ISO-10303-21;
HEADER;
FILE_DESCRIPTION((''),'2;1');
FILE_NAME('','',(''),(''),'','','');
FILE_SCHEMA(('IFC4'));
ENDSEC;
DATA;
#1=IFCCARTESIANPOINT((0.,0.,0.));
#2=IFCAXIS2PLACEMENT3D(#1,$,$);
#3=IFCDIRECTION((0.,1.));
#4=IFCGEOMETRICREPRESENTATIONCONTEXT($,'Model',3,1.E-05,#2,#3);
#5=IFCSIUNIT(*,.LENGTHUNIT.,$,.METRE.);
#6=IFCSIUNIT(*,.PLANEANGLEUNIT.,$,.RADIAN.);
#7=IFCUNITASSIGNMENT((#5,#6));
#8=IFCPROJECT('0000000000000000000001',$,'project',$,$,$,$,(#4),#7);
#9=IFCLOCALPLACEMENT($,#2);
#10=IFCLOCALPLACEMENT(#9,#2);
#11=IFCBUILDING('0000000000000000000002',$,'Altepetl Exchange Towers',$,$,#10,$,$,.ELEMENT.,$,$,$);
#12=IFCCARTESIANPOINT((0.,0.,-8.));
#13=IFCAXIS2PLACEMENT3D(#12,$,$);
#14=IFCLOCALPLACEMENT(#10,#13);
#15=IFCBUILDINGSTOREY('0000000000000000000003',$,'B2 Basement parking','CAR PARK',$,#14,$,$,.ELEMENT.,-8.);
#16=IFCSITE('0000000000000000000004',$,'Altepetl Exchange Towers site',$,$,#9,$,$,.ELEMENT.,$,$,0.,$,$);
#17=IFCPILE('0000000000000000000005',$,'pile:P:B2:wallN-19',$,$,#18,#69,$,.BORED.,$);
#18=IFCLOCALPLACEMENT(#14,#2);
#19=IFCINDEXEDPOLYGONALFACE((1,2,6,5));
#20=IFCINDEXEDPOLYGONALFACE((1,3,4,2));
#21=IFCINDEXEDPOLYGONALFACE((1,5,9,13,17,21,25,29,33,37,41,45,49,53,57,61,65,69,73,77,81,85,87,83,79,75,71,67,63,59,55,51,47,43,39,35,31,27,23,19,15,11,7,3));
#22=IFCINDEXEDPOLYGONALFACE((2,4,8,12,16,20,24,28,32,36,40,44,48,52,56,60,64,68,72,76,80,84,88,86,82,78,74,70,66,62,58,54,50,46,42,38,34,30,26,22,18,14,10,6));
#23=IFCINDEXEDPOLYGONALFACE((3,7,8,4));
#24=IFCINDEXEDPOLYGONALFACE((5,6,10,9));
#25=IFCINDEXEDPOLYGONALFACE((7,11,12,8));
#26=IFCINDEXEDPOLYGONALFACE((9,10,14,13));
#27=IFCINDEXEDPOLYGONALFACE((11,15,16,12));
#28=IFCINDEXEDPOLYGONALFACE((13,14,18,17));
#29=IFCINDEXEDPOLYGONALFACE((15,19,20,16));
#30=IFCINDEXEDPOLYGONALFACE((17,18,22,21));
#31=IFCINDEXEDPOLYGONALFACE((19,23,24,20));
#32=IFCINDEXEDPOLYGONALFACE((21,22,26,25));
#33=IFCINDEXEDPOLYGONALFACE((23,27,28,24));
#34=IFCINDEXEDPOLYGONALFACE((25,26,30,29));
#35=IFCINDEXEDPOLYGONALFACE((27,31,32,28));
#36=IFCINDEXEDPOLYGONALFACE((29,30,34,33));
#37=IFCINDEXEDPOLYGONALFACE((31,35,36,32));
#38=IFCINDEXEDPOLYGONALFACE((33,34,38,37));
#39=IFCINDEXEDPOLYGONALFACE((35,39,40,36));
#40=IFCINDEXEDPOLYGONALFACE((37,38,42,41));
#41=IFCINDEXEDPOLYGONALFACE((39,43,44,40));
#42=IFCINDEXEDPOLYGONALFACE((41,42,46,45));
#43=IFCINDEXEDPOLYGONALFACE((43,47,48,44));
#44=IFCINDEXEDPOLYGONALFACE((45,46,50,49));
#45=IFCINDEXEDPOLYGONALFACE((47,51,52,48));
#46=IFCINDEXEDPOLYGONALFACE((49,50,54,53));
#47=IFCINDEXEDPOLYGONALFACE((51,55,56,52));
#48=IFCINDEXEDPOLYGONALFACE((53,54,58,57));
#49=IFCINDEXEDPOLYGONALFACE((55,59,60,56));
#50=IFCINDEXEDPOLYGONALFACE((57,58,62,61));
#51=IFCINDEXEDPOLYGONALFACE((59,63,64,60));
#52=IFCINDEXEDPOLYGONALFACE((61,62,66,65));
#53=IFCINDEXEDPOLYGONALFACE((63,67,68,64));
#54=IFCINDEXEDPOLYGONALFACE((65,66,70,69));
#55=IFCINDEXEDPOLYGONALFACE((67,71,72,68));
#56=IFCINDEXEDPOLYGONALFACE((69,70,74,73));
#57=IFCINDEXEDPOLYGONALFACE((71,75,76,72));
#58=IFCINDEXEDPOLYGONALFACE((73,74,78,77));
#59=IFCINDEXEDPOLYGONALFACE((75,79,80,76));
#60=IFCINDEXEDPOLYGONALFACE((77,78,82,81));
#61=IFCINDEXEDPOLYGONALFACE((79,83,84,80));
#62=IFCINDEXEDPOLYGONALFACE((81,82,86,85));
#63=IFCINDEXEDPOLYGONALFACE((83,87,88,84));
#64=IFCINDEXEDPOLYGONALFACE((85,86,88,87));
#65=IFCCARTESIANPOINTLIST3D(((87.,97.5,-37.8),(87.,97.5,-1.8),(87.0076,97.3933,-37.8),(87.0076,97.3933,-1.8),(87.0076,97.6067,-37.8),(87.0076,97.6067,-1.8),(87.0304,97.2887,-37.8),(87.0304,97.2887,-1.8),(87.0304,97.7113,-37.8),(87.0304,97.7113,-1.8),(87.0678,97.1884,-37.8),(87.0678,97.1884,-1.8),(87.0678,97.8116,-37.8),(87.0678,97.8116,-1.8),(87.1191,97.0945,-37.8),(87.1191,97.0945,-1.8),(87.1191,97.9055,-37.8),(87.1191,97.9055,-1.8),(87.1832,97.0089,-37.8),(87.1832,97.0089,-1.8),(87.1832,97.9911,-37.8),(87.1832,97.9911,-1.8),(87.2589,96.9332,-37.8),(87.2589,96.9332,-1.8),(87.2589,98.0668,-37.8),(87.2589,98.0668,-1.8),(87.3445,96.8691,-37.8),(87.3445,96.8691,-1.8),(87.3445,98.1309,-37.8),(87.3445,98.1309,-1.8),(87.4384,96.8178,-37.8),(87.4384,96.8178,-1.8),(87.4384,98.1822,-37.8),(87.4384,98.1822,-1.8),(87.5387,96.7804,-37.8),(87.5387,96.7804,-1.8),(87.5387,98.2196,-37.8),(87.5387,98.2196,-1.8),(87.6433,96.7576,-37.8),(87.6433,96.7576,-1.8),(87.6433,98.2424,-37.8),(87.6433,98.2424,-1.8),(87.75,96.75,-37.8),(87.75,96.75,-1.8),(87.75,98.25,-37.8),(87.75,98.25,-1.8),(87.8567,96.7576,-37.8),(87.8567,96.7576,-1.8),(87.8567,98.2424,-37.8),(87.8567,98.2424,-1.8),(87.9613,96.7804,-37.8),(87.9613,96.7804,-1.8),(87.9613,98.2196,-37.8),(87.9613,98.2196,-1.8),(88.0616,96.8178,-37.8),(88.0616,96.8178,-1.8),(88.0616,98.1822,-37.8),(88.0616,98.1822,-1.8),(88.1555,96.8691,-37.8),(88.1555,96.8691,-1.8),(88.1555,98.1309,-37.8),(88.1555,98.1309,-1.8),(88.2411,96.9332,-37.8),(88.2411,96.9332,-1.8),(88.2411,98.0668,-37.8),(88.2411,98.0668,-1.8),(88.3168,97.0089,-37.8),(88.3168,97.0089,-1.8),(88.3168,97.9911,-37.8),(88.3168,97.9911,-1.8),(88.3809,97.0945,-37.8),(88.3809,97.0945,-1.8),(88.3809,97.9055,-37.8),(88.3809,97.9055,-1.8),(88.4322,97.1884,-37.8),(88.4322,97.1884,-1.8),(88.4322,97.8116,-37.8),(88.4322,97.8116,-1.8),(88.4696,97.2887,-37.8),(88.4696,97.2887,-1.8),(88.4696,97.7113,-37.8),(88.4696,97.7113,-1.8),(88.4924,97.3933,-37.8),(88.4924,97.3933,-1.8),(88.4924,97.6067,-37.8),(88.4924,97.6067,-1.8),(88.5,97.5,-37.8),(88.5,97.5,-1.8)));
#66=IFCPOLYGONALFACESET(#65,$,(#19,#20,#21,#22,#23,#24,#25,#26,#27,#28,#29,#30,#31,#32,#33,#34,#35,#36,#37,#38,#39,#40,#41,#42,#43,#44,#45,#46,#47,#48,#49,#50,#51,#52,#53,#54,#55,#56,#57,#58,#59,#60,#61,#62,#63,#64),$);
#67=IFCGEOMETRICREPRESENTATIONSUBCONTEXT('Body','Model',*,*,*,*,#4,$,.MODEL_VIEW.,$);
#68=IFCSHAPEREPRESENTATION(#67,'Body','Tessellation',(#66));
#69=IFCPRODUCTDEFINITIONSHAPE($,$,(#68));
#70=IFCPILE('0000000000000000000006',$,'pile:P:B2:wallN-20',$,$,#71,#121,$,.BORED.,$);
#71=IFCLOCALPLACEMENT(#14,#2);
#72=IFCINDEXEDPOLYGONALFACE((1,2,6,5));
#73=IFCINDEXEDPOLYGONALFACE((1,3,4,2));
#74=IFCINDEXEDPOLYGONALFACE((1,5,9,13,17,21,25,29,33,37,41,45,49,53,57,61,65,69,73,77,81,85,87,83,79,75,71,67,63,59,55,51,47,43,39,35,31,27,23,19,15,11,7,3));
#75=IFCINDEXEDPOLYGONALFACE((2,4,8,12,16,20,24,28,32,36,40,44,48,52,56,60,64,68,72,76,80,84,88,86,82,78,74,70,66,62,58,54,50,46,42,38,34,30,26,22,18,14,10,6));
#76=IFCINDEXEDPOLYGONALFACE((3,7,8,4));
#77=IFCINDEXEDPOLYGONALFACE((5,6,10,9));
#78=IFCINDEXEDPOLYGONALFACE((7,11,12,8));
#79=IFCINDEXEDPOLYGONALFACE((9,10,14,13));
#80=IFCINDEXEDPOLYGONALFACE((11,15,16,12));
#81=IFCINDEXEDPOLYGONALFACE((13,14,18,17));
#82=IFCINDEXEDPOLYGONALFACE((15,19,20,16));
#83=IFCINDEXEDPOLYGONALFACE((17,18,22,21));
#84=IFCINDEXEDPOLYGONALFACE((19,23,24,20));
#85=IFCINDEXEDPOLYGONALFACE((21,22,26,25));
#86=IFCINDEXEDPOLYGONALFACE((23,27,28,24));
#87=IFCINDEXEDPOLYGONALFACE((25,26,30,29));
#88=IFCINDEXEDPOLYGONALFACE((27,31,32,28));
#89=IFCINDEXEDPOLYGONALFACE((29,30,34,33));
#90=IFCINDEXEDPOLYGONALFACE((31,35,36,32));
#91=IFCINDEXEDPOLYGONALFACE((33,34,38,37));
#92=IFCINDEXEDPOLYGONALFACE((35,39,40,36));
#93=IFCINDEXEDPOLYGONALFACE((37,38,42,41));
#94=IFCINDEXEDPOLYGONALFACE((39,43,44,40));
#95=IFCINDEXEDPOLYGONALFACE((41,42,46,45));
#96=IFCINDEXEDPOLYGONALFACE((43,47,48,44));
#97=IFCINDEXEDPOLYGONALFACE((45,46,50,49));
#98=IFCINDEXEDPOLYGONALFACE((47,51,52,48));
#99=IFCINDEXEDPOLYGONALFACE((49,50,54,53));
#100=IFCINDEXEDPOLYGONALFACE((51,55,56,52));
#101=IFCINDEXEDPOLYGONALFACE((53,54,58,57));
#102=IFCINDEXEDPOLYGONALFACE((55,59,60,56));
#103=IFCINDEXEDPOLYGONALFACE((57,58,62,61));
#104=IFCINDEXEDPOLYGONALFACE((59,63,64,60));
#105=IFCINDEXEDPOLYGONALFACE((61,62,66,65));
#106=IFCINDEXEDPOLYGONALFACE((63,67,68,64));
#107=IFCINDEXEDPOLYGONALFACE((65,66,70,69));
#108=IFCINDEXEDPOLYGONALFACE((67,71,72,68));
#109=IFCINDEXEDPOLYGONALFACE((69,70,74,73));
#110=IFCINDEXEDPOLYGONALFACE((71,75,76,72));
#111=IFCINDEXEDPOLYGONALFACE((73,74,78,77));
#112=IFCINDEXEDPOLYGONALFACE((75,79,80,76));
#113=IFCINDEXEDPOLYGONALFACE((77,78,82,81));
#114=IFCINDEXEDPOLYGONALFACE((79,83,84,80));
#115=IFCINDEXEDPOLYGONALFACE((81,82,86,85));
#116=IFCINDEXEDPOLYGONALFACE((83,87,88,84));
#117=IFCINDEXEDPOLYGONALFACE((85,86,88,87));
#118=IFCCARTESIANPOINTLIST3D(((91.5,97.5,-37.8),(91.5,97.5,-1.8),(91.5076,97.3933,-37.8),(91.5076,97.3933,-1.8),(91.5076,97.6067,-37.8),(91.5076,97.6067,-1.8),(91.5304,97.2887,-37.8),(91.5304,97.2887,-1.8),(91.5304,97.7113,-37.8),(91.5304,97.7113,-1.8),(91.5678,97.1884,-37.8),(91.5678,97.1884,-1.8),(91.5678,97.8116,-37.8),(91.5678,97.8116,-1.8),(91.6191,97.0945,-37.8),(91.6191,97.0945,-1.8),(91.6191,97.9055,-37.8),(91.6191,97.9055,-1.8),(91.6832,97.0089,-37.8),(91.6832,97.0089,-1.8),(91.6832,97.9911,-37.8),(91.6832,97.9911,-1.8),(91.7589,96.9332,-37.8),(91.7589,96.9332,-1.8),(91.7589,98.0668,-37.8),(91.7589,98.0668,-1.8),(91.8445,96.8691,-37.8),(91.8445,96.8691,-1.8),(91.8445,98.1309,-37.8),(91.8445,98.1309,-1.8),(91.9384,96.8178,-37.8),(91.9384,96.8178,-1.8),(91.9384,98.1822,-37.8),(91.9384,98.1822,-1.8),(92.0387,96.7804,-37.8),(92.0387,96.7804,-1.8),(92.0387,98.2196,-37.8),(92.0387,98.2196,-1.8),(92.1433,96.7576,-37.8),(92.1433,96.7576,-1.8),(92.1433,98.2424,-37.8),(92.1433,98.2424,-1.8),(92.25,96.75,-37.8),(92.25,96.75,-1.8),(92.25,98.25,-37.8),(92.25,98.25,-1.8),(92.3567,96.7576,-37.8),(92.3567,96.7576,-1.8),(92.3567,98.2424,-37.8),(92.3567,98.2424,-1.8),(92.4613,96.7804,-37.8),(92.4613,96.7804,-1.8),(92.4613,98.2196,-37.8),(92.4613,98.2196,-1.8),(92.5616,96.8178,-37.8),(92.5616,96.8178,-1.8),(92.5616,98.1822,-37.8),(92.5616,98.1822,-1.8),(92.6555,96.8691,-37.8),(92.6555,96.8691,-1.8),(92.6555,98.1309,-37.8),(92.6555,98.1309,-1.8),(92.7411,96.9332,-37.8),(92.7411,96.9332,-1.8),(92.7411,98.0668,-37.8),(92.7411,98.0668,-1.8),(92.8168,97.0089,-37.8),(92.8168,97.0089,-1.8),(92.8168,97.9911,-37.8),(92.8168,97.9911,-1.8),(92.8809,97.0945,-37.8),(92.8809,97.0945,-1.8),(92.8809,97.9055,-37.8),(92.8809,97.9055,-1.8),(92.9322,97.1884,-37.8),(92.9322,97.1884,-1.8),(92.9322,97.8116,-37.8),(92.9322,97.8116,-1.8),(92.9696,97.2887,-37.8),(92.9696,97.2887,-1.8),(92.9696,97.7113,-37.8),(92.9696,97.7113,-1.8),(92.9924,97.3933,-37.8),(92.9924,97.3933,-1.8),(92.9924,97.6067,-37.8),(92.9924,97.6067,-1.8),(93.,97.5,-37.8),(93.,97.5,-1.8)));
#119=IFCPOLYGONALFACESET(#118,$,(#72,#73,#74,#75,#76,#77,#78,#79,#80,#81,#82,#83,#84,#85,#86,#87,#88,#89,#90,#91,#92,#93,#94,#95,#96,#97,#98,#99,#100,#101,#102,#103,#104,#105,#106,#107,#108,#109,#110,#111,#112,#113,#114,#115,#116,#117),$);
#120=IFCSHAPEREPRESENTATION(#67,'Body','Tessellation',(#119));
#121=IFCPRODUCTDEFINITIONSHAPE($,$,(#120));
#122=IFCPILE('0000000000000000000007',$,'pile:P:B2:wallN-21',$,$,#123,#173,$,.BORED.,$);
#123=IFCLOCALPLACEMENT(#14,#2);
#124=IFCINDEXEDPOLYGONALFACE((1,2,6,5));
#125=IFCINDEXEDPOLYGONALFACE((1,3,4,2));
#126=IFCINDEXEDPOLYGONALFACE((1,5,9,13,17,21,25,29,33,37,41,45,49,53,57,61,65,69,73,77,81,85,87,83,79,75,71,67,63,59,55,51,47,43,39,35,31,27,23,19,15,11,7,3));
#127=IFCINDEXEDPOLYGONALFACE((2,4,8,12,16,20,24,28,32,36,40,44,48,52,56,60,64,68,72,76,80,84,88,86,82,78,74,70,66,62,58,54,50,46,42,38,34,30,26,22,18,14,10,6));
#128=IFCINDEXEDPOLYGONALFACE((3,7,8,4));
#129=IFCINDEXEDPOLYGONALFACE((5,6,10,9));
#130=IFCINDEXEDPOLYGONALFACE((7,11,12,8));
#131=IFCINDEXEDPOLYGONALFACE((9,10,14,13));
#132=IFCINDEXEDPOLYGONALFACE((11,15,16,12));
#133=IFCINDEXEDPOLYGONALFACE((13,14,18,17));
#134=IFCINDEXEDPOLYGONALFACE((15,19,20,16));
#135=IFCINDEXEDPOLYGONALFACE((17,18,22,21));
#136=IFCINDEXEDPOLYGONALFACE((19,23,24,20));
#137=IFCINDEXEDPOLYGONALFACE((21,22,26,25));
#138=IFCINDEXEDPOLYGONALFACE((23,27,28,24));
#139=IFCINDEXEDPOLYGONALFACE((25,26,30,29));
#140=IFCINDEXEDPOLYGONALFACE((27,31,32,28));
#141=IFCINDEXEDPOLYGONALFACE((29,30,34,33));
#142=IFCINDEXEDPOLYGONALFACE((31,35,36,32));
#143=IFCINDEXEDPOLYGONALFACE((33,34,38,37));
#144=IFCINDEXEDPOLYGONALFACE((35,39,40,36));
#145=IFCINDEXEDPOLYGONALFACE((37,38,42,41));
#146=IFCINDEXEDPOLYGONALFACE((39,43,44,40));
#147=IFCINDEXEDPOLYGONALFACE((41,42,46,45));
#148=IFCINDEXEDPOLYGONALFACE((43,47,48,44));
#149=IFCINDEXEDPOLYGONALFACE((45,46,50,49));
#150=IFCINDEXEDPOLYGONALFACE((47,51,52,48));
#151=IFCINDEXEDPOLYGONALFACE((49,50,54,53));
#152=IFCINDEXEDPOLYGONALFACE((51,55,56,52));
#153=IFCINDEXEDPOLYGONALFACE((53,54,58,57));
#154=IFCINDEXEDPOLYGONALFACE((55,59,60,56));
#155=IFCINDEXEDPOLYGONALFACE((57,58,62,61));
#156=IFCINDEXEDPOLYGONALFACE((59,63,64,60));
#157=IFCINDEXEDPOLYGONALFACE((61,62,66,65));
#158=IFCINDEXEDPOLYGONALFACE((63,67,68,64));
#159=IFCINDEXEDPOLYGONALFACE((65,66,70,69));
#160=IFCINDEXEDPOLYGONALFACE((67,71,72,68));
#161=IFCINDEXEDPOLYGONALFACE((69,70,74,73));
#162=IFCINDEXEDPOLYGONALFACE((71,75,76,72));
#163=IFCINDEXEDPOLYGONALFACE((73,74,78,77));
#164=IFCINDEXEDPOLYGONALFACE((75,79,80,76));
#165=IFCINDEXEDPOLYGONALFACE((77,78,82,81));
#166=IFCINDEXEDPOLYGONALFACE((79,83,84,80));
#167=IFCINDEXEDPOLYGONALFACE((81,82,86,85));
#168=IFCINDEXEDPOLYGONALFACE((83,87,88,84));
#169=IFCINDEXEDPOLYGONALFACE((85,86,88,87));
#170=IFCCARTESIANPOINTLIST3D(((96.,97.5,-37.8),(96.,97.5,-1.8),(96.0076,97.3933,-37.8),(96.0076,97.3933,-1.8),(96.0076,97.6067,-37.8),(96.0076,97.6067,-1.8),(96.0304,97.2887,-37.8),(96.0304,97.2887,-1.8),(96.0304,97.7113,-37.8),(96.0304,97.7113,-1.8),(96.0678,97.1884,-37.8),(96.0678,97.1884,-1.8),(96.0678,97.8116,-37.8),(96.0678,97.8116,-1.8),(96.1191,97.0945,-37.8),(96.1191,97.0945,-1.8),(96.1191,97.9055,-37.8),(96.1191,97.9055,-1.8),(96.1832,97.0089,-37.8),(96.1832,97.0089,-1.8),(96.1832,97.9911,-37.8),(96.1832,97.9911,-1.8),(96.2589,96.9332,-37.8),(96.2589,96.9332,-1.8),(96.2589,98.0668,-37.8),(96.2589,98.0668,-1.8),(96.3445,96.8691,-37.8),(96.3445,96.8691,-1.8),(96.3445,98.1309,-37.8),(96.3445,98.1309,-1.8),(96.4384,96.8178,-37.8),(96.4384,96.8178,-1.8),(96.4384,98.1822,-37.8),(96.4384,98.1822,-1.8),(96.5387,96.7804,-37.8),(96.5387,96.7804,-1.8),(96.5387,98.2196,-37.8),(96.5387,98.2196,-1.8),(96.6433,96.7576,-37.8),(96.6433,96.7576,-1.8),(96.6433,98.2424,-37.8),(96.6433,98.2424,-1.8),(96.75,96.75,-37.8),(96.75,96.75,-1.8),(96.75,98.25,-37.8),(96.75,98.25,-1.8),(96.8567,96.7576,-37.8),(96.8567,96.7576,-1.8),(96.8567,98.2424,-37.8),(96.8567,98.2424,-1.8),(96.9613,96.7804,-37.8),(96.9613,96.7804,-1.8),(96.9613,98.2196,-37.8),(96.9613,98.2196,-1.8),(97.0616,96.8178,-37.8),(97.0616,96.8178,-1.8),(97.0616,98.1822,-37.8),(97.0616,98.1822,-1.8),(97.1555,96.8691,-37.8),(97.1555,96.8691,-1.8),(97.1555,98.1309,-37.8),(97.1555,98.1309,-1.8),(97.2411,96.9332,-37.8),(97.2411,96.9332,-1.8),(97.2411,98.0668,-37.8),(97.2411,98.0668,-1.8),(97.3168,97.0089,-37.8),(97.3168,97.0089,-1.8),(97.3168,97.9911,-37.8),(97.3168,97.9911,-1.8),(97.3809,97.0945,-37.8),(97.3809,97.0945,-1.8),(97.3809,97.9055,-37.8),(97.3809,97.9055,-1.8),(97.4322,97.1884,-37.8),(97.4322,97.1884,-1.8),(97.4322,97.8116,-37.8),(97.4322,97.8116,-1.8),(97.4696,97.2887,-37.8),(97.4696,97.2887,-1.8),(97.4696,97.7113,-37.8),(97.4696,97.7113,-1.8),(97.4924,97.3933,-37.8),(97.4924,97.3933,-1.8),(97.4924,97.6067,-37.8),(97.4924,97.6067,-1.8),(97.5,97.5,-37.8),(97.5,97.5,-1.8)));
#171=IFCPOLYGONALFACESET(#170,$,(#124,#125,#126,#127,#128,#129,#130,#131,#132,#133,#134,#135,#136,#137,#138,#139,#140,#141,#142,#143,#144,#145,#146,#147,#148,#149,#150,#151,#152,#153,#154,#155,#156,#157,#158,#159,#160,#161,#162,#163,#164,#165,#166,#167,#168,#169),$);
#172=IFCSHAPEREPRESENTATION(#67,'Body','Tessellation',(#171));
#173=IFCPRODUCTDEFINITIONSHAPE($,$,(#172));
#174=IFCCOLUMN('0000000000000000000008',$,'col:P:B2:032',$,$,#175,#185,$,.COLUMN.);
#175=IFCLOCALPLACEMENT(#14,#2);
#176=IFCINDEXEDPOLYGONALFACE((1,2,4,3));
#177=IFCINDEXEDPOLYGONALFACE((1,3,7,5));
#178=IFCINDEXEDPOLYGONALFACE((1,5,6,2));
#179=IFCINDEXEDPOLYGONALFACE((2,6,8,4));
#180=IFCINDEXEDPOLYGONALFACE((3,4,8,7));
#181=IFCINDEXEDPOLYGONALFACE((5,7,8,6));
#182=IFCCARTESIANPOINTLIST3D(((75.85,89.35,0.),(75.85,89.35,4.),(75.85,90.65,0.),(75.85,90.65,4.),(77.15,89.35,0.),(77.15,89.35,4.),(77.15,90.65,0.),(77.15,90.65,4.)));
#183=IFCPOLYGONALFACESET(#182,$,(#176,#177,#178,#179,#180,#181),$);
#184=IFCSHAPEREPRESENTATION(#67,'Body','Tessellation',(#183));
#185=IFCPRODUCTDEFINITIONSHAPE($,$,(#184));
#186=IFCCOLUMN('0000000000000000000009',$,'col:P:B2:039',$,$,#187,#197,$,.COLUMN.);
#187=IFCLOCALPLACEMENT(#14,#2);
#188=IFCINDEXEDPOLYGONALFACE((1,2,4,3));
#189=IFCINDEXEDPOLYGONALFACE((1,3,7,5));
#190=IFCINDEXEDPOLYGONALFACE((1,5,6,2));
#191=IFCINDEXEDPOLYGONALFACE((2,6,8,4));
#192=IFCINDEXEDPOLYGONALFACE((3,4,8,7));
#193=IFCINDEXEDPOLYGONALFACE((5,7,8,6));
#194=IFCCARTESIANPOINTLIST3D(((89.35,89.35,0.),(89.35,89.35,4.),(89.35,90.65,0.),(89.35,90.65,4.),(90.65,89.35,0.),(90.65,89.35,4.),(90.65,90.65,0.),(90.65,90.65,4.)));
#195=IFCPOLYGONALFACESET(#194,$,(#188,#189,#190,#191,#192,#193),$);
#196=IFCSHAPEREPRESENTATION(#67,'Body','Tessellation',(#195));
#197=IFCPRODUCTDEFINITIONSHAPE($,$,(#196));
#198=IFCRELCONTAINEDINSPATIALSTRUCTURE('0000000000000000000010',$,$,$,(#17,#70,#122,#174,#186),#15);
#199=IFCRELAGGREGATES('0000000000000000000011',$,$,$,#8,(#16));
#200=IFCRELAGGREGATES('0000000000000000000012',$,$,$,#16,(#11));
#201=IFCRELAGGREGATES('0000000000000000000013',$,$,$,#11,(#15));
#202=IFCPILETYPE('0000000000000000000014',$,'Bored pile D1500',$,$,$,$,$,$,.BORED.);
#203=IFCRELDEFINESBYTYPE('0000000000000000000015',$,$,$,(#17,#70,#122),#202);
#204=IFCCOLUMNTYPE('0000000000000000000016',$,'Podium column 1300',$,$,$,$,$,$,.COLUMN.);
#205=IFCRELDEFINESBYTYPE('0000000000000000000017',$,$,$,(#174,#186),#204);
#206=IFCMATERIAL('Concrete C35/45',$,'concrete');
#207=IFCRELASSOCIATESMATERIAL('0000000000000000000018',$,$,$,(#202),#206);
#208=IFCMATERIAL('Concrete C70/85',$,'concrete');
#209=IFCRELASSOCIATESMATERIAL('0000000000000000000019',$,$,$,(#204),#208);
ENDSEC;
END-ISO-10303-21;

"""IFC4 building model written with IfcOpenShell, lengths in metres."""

from ifc_helpers import new_model, si_unit, direction, frame, origin, origin_2d, place, context, subcontext, project, spatial, rectangle, circle, extrude, material, material_profile, profile_set, type_object, element, save


model = new_model("IFC4")

# Units and contexts
model_context = context("Model", 3, precision=1e-05, world=origin(), true_north=direction((0.0, 1.0)))
body_context = subcontext(model_context, "Body", "Model", "MODEL_VIEW")
ifc_project = project(units=[si_unit("LENGTHUNIT", "METRE"), si_unit("PLANEANGLEUNIT", "RADIAN")], contexts=[model_context])

# Site, building, storey
site_placement = place(None, origin())
site = spatial("IfcSite", under=ifc_project, at=site_placement, Name="Altepetl Exchange Towers site", CompositionType="ELEMENT", RefElevation=0.0)
building_placement = place(site_placement, origin())
building = spatial("IfcBuilding", under=site, at=building_placement, Name="Altepetl Exchange Towers", CompositionType="ELEMENT")
storey_placement = place(building_placement, frame((0.0, 0.0, -8.0)))
storey = spatial("IfcBuildingStorey", under=building, at=storey_placement, Name="B2 Basement parking", Description="CAR PARK", CompositionType="ELEMENT", Elevation=-8.0)

# Piles
ifc_material_1 = material(Name="Concrete C35/45", Category="concrete")
ifc_material_profile_1 = material_profile(ifc_material_1, circle(Radius=0.75, at=origin_2d()), Name="D1500")
ifc_profile_set_1 = profile_set([ifc_material_profile_1], Name="Concrete C35/45")
pile_type_1 = type_object("IfcPileType", Name="Bored pile D1500", PredefinedType="BORED", material=ifc_profile_set_1)
for number, where, z_axis, x_axis, name in (
    (1, (87.75, 97.5, -1.8), (0.0, 0.0, -1.0), (1.0, 0.0, 0.0), "pile:P:B2:wallN-19"),
    (2, (92.25, 97.5, -1.8), (0.0, 0.0, -1.0), (1.0, 0.0, 0.0), "pile:P:B2:wallN-20"),
    (3, (96.75, 97.5, -1.8), (0.0, 0.0, -1.0), (1.0, 0.0, 0.0), "pile:P:B2:wallN-21"),
):
    element("IfcPile", number, at=place(storey_placement, frame(where, z_axis=z_axis, x_axis=x_axis)), inside=storey, type_object=pile_type_1, Name=name, PredefinedType="BORED", context=body_context, shape_type="SweptSolid", body=[
        extrude(circle(Radius=0.75, at=origin_2d()), origin(), (0.0, 0.0, 1.0), 36.0),
    ])

# Columns
ifc_material_2 = material(Name="Concrete C70/85", Category="concrete")
ifc_material_profile_2 = material_profile(ifc_material_2, rectangle(XDim=1.3, YDim=1.3, at=origin_2d()), Name="1300 x 1300")
ifc_profile_set_2 = profile_set([ifc_material_profile_2], Name="Concrete C70/85")
column_type = type_object("IfcColumnType", Name="Podium column 1300", PredefinedType="COLUMN", material=ifc_profile_set_2)
for number, where, name in (
    (4, (76.5, 90.0, 0.0), "col:P:B2:032"),
    (5, (90.0, 90.0, 0.0), "col:P:B2:039"),
):
    element("IfcColumn", number, at=place(storey_placement, frame(where)), inside=storey, type_object=column_type, Name=name, PredefinedType="COLUMN", context=body_context, shape_type="SweptSolid", body=[
        extrude(rectangle(XDim=1.3, YDim=1.3, at=origin_2d()), origin(), (0.0, 0.0, 1.0), 4.0),
    ])

save(model, "model.ifc")
